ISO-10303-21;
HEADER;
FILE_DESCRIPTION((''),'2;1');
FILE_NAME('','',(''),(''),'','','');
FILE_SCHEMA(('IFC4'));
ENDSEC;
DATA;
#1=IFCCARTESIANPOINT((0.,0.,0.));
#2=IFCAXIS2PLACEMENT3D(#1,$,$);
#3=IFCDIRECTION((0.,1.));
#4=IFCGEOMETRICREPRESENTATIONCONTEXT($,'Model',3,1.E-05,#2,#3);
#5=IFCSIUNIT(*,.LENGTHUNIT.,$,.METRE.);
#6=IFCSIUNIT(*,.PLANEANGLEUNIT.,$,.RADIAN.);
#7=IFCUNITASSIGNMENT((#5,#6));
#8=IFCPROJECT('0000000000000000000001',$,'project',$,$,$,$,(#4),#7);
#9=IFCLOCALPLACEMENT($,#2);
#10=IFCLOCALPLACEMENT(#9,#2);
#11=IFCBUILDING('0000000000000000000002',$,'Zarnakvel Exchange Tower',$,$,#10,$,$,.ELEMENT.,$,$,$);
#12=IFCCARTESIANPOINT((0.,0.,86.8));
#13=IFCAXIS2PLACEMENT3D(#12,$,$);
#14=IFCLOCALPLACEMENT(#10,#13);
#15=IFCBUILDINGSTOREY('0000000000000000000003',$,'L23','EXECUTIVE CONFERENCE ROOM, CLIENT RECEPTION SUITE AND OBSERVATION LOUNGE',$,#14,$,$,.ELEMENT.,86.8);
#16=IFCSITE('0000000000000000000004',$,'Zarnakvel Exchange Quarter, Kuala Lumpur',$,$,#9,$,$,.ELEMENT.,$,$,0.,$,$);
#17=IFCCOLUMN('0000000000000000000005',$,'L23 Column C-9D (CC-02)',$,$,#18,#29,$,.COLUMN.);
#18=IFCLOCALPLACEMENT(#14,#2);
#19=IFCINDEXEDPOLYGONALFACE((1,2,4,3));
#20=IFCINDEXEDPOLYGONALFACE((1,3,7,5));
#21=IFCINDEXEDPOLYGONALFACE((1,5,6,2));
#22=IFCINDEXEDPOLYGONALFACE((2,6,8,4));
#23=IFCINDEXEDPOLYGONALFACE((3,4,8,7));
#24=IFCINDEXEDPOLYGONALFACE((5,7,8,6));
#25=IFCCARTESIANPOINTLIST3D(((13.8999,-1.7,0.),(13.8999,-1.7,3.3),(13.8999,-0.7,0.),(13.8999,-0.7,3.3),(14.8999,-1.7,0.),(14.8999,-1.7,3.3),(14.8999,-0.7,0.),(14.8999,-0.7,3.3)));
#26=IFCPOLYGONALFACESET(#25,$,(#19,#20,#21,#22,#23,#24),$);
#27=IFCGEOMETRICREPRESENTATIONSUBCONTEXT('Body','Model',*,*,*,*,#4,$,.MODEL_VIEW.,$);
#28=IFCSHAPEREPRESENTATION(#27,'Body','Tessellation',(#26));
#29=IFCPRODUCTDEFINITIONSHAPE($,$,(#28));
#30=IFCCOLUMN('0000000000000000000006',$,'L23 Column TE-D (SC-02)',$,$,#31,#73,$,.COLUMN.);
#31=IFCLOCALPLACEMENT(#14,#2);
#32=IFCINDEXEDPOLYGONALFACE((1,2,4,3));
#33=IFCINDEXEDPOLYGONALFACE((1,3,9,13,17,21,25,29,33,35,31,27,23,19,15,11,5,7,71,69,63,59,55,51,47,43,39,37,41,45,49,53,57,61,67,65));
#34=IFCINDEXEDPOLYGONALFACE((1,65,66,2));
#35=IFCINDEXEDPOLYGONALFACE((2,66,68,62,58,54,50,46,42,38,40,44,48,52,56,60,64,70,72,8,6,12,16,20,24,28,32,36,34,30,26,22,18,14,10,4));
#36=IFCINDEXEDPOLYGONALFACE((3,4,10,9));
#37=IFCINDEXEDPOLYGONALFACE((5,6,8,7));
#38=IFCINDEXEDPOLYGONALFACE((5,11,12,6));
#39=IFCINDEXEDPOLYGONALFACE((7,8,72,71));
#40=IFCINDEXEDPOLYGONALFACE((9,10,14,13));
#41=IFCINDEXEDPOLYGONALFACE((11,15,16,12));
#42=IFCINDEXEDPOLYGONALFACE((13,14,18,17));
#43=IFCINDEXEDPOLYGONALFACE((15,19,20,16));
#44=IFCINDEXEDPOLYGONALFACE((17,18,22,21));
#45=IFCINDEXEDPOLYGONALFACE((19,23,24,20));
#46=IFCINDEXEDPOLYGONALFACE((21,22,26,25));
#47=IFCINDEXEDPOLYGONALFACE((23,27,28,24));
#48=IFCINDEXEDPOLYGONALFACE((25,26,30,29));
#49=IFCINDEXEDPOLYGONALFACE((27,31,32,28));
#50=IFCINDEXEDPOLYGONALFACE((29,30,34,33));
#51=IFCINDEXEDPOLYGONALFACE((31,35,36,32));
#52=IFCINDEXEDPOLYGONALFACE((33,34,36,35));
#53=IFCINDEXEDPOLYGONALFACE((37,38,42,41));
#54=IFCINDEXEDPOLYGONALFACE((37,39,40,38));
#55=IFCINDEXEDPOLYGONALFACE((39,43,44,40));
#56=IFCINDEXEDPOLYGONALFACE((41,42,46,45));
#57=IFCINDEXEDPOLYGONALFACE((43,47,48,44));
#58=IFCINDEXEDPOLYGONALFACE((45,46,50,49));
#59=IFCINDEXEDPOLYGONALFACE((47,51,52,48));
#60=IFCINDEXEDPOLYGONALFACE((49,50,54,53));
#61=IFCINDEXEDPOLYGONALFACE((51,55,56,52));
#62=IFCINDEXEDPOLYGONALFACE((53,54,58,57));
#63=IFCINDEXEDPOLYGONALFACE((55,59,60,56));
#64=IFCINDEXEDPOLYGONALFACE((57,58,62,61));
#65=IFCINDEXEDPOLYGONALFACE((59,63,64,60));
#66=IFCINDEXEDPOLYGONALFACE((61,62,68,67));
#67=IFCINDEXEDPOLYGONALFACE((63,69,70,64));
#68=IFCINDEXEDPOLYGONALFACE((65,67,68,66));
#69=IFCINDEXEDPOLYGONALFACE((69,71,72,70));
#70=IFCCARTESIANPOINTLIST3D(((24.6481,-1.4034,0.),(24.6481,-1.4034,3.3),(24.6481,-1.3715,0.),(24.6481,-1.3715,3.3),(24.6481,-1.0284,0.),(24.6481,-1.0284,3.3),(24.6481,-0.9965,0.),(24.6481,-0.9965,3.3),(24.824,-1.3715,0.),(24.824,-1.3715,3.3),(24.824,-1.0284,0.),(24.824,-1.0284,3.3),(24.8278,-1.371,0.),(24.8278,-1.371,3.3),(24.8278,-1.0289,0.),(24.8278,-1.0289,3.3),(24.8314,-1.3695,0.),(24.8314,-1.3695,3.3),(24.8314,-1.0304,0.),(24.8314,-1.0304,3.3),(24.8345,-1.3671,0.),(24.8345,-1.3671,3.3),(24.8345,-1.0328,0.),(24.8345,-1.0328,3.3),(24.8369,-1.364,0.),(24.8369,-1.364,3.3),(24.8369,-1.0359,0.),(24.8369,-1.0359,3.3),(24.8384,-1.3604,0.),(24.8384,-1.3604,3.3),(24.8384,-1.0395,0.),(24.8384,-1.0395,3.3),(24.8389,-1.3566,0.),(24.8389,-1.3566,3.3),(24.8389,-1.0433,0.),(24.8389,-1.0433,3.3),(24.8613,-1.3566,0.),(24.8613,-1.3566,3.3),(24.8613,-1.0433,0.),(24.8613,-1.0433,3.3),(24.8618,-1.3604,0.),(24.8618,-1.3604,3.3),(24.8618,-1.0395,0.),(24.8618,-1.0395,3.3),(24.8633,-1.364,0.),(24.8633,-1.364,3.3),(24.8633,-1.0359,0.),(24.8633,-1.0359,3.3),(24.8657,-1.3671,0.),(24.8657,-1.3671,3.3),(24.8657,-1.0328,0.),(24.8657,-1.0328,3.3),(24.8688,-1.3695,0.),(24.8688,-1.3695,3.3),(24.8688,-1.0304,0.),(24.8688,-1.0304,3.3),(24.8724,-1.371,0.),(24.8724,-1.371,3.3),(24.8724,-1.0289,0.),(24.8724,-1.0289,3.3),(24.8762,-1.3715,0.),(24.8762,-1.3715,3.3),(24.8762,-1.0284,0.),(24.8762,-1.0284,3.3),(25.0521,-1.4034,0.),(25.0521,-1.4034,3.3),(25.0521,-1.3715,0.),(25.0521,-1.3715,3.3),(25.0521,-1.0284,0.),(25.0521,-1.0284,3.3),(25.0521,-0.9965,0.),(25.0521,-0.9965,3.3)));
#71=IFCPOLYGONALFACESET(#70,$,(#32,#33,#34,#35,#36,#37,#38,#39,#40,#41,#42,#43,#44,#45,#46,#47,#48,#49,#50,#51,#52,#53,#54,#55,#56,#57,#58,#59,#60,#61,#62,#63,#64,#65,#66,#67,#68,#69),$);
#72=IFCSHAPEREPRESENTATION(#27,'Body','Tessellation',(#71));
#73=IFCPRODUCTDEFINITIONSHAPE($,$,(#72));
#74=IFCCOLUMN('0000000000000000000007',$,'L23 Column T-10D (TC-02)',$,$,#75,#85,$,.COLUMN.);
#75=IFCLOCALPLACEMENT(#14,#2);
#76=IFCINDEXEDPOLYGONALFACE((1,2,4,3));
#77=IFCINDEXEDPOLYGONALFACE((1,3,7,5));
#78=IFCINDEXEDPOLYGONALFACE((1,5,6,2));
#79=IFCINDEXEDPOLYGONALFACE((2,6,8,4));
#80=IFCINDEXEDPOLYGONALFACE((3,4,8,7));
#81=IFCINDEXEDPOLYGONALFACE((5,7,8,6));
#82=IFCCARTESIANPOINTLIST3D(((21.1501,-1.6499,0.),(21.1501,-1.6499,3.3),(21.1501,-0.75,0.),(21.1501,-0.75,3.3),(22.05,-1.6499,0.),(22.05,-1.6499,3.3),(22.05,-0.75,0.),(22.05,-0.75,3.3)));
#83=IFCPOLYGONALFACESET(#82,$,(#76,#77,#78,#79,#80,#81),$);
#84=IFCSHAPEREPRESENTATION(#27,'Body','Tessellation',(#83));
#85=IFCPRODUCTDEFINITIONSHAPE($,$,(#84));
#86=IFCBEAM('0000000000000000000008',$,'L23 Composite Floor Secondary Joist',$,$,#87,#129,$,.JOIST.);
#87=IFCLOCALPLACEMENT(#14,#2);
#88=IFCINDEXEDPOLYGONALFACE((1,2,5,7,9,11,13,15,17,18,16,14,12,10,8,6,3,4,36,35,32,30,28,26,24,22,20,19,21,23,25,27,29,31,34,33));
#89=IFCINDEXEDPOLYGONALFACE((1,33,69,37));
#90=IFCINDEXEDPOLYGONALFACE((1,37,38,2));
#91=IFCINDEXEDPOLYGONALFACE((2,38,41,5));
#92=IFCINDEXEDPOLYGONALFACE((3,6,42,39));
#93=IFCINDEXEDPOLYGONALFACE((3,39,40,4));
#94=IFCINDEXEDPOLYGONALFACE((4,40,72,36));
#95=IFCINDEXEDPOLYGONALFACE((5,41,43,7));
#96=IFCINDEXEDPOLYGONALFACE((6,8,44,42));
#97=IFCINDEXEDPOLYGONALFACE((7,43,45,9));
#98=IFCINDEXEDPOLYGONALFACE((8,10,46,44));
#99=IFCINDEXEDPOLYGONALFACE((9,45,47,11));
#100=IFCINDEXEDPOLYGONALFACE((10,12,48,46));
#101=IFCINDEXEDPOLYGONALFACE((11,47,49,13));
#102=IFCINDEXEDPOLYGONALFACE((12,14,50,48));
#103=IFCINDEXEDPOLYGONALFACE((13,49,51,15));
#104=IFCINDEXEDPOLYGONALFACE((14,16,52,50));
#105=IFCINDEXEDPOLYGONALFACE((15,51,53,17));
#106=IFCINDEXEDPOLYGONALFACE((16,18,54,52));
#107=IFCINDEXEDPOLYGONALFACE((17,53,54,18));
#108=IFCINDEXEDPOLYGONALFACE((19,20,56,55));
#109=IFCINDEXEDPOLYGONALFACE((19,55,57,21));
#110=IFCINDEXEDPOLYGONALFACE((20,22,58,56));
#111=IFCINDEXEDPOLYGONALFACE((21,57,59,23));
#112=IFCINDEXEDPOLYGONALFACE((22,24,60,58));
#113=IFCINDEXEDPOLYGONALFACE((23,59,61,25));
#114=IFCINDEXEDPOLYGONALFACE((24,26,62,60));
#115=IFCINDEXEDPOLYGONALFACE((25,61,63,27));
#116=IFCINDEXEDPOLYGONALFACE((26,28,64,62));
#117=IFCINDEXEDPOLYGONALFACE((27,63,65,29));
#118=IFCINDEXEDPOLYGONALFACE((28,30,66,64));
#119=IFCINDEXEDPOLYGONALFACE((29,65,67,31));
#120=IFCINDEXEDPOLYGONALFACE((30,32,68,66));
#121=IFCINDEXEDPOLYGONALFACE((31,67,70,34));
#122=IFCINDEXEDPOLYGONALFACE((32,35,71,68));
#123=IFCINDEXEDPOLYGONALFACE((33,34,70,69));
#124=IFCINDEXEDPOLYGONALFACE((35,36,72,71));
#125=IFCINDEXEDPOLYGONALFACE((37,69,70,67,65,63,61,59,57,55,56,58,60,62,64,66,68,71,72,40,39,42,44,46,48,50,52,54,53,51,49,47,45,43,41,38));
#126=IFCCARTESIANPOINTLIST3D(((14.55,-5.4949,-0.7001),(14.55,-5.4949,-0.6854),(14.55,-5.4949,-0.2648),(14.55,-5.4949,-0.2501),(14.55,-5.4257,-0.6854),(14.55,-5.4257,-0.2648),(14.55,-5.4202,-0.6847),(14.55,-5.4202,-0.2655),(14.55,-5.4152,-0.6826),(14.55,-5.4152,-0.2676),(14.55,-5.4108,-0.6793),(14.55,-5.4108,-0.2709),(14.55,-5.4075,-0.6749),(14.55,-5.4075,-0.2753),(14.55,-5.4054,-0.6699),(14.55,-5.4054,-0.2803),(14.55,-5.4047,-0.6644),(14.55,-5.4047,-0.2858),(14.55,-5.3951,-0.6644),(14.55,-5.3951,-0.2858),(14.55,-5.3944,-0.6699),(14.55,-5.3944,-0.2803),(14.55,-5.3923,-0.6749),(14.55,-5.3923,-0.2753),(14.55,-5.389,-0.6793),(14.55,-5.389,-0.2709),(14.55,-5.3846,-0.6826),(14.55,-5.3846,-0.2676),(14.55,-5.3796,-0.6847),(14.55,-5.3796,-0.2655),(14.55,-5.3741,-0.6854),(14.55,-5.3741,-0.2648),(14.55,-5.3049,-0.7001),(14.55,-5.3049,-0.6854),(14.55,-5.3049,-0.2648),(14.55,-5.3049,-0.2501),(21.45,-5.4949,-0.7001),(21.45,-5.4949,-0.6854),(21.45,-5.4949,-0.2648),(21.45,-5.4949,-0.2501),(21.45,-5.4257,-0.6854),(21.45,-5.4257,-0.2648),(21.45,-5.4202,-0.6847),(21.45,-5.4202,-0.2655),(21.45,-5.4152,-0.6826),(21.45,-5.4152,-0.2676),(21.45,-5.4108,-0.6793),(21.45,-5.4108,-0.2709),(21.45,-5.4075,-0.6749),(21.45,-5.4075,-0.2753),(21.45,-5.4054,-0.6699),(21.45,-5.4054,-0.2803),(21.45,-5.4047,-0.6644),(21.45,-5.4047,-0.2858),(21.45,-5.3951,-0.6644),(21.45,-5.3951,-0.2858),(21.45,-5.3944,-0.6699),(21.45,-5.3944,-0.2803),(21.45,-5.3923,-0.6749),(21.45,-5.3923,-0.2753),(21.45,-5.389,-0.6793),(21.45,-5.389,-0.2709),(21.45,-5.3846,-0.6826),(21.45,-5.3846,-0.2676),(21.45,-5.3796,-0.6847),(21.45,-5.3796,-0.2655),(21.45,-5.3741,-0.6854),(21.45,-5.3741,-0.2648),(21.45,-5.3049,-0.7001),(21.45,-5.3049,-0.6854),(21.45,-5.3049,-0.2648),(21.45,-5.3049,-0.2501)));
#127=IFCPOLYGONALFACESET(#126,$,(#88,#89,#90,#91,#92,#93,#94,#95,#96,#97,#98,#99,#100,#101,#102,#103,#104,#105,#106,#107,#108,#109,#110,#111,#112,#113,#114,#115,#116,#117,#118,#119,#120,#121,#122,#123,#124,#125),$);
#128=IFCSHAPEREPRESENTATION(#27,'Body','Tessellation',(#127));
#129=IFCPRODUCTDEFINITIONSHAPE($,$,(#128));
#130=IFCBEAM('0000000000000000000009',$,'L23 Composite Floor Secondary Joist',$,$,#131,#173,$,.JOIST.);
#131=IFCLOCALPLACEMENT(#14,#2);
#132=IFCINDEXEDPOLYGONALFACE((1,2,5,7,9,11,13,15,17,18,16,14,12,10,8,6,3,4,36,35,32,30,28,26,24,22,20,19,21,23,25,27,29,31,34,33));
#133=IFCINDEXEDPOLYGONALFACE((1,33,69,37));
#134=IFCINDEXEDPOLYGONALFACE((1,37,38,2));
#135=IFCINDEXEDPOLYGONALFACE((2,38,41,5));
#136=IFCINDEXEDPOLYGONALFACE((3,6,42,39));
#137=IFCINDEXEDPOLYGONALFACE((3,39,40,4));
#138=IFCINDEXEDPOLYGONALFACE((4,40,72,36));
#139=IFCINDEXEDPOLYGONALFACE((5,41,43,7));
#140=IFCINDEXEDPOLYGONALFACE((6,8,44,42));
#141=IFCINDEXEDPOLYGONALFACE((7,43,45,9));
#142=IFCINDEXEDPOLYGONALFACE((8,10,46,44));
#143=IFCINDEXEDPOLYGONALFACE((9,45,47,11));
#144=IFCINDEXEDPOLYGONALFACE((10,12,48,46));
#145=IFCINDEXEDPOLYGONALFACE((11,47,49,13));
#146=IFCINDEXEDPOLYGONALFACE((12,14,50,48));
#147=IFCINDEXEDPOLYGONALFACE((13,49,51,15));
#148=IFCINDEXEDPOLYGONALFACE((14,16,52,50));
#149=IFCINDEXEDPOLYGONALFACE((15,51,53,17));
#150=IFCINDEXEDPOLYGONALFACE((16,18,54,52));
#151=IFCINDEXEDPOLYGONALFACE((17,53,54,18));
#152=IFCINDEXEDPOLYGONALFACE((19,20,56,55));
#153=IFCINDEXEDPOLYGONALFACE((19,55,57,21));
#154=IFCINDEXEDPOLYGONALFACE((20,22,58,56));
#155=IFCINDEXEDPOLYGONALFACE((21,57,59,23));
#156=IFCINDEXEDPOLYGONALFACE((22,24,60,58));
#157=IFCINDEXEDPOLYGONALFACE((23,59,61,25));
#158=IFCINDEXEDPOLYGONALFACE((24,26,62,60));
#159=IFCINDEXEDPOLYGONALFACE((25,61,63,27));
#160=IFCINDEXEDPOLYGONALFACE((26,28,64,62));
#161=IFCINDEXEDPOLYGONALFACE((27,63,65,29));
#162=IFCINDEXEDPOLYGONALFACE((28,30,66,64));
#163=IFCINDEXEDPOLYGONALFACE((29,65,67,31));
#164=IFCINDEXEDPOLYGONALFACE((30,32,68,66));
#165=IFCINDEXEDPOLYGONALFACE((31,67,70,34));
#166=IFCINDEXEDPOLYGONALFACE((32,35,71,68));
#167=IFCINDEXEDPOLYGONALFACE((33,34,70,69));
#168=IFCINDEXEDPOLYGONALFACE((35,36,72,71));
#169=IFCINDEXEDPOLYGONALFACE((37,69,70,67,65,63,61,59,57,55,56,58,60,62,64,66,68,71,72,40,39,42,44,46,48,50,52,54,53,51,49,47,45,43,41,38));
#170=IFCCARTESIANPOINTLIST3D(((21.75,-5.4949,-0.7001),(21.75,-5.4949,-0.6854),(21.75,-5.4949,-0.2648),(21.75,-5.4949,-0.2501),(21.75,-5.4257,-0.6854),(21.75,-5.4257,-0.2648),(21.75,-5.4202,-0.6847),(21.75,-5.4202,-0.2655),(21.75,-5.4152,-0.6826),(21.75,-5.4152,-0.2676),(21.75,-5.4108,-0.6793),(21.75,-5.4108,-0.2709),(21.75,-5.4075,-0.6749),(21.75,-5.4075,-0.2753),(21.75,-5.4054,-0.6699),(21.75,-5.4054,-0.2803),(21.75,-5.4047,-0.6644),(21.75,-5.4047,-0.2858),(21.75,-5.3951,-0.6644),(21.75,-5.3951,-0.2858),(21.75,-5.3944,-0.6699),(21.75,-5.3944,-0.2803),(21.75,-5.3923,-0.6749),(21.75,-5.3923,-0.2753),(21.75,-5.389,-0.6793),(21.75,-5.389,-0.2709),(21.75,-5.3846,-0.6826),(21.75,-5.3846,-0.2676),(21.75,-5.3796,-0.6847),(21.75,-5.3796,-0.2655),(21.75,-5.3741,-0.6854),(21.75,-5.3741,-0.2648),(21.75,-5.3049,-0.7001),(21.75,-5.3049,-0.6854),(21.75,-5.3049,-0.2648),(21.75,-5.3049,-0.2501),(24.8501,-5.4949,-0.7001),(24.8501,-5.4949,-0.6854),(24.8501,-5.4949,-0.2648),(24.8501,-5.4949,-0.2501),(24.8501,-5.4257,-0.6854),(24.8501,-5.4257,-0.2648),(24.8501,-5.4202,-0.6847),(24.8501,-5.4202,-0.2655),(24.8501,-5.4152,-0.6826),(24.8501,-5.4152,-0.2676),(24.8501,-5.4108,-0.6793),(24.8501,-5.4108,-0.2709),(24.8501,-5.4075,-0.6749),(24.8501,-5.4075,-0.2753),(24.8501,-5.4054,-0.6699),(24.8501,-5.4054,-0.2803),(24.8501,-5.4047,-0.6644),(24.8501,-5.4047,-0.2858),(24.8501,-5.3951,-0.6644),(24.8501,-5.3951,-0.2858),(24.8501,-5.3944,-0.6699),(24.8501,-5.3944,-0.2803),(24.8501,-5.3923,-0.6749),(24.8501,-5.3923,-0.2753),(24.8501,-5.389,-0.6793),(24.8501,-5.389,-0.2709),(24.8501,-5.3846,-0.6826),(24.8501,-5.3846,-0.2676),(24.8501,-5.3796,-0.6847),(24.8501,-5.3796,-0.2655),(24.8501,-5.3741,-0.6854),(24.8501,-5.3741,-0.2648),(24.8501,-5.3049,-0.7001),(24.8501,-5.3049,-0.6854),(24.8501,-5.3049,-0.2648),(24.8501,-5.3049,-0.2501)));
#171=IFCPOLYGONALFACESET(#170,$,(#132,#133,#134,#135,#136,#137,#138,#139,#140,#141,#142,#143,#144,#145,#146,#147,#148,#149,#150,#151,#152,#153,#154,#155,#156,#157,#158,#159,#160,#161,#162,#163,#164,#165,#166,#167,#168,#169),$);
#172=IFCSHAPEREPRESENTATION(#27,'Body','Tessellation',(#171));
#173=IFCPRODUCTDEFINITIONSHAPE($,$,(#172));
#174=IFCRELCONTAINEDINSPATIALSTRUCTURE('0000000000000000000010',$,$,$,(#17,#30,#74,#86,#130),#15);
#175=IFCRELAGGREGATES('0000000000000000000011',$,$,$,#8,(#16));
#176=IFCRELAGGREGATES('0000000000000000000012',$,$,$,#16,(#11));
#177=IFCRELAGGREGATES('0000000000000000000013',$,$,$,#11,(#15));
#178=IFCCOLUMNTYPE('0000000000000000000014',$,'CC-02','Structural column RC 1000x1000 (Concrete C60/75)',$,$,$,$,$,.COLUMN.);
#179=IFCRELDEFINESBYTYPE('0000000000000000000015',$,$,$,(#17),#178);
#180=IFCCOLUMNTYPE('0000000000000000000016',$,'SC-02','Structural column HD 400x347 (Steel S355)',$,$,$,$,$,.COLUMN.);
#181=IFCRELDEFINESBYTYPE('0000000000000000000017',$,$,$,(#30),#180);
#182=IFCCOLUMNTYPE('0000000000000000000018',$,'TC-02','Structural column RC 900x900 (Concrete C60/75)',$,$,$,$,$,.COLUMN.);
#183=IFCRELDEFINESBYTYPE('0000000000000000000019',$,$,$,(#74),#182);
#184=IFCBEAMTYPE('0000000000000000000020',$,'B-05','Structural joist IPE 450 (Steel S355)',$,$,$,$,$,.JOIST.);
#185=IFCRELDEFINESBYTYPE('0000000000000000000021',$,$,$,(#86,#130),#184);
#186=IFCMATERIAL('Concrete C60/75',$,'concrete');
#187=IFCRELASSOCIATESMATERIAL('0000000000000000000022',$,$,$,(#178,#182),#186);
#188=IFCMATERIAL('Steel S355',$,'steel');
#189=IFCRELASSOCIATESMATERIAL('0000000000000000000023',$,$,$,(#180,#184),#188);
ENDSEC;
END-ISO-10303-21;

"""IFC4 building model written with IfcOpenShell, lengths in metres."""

from ifc_helpers import new_model, si_unit, direction, frame, origin, origin_2d, place, context, subcontext, project, spatial, rectangle, i_section, extrude, material, material_profile, profile_set, type_object, element, save


model = new_model("IFC4")

# Units and contexts
model_context = context("Model", 3, precision=1e-05, world=origin(), true_north=direction((0.0, 1.0)))
body_context = subcontext(model_context, "Body", "Model", "MODEL_VIEW")
ifc_project = project(units=[si_unit("LENGTHUNIT", "METRE"), si_unit("PLANEANGLEUNIT", "RADIAN")], contexts=[model_context])

# Site, building, storey
site_placement = place(None, origin())
site = spatial("IfcSite", under=ifc_project, at=site_placement, Name="Zarnakvel Exchange Quarter, Kuala Lumpur", CompositionType="ELEMENT", RefElevation=0.0)
building_placement = place(site_placement, origin())
building = spatial("IfcBuilding", under=site, at=building_placement, Name="Zarnakvel Exchange Tower", CompositionType="ELEMENT")
storey_placement = place(building_placement, frame((0.0, 0.0, 86.8)))
storey = spatial("IfcBuildingStorey", under=building, at=storey_placement, Name="L23", Description="EXECUTIVE CONFERENCE ROOM, CLIENT RECEPTION SUITE AND OBSERVATION LOUNGE", CompositionType="ELEMENT", Elevation=86.8)

# Columns
ifc_material_1 = material(Name="Concrete C60/75", Category="concrete")
ifc_material_profile_1 = material_profile(ifc_material_1, rectangle(XDim=1.0, YDim=1.0, at=origin_2d()))
ifc_profile_set_1 = profile_set([ifc_material_profile_1], Name="Concrete C60/75")
column_type_1 = type_object("IfcColumnType", Name="CC-02", Description="Structural column RC 1000x1000 (Concrete C60/75)", PredefinedType="COLUMN", material=ifc_profile_set_1)
column_1_placement = place(storey_placement, frame((14.3999, -1.2, 0.0), z_axis=(0.0, 0.0, 1.0), x_axis=(1.0, 0.0, 0.0)))
element("IfcColumn", 1, at=column_1_placement, inside=storey, type_object=column_type_1, Name="L23 Column C-9D (CC-02)", PredefinedType="COLUMN", context=body_context, shape_type="SweptSolid", body=[
    extrude(rectangle(XDim=1.0, YDim=1.0, at=origin_2d()), origin(), (0.0, 0.0, 1.0), 3.3),
])
ifc_material_2 = material(Name="Steel S355", Category="steel")
ifc_material_profile_2 = material_profile(ifc_material_2, i_section(OverallWidth=0.4041, OverallDepth=0.407, WebThickness=0.0225, FlangeThickness=0.032, FilletRadius=0.0149, at=origin_2d()))
ifc_profile_set_2 = profile_set([ifc_material_profile_2], Name="Steel S355")
column_type_2 = type_object("IfcColumnType", Name="SC-02", Description="Structural column HD 400x347 (Steel S355)", PredefinedType="COLUMN", material=ifc_profile_set_2)
column_2_placement = place(storey_placement, frame((24.8501, -1.2, 0.0), z_axis=(0.0, 0.0, 1.0), x_axis=(1.0, 0.0, 0.0)))
element("IfcColumn", 2, at=column_2_placement, inside=storey, type_object=column_type_2, Name="L23 Column TE-D (SC-02)", PredefinedType="COLUMN", context=body_context, shape_type="SweptSolid", body=[
    extrude(i_section(OverallWidth=0.4041, OverallDepth=0.407, WebThickness=0.0225, FlangeThickness=0.032, FilletRadius=0.0149, at=origin_2d()), origin(), (0.0, 0.0, 1.0), 3.3),
])
ifc_material_profile_3 = material_profile(ifc_material_1, rectangle(XDim=0.8999, YDim=0.8999, at=origin_2d()))
ifc_profile_set_3 = profile_set([ifc_material_profile_3], Name="Concrete C60/75")
column_type_3 = type_object("IfcColumnType", Name="TC-02", Description="Structural column RC 900x900 (Concrete C60/75)", PredefinedType="COLUMN", material=ifc_profile_set_3)
column_3_placement = place(storey_placement, frame((21.6001, -1.2, 0.0), z_axis=(0.0, 0.0, 1.0), x_axis=(1.0, 0.0, 0.0)))
element("IfcColumn", 3, at=column_3_placement, inside=storey, type_object=column_type_3, Name="L23 Column T-10D (TC-02)", PredefinedType="COLUMN", context=body_context, shape_type="SweptSolid", body=[
    extrude(rectangle(XDim=0.8999, YDim=0.8999, at=origin_2d()), origin(), (0.0, 0.0, 1.0), 3.3),
])

# Beams
ifc_material_profile_4 = material_profile(ifc_material_2, i_section(OverallWidth=0.1899, OverallDepth=0.45, WebThickness=0.0095, FlangeThickness=0.0146, FilletRadius=0.021, at=origin_2d()))
ifc_profile_set_4 = profile_set([ifc_material_profile_4], Name="Steel S355")
beam_type_1 = type_object("IfcBeamType", Name="B-05", Description="Structural joist IPE 450 (Steel S355)", PredefinedType="JOIST", material=ifc_profile_set_4)
beam_1_placement = place(storey_placement, frame((14.55, -5.3999, -0.4751), z_axis=(1.0, 0.0, 0.0), x_axis=(0.0, 1.0, 0.0)))
element("IfcBeam", 4, at=beam_1_placement, inside=storey, type_object=beam_type_1, Name="L23 Composite Floor Secondary Joist", PredefinedType="JOIST", context=body_context, shape_type="SweptSolid", body=[
    extrude(i_section(OverallWidth=0.1899, OverallDepth=0.45, WebThickness=0.0095, FlangeThickness=0.0146, FilletRadius=0.021, at=origin_2d()), origin(), (0.0, 0.0, 1.0), 6.8999),
])
beam_2_placement = place(storey_placement, frame((21.75, -5.3999, -0.4751), z_axis=(1.0, 0.0, 0.0), x_axis=(0.0, 1.0, 0.0)))
element("IfcBeam", 5, at=beam_2_placement, inside=storey, type_object=beam_type_1, Name="L23 Composite Floor Secondary Joist", PredefinedType="JOIST", context=body_context, shape_type="SweptSolid", body=[
    extrude(i_section(OverallWidth=0.1899, OverallDepth=0.45, WebThickness=0.0095, FlangeThickness=0.0146, FilletRadius=0.021, at=origin_2d()), origin(), (0.0, 0.0, 1.0), 3.1001),
])

save(model, "model.ifc")
